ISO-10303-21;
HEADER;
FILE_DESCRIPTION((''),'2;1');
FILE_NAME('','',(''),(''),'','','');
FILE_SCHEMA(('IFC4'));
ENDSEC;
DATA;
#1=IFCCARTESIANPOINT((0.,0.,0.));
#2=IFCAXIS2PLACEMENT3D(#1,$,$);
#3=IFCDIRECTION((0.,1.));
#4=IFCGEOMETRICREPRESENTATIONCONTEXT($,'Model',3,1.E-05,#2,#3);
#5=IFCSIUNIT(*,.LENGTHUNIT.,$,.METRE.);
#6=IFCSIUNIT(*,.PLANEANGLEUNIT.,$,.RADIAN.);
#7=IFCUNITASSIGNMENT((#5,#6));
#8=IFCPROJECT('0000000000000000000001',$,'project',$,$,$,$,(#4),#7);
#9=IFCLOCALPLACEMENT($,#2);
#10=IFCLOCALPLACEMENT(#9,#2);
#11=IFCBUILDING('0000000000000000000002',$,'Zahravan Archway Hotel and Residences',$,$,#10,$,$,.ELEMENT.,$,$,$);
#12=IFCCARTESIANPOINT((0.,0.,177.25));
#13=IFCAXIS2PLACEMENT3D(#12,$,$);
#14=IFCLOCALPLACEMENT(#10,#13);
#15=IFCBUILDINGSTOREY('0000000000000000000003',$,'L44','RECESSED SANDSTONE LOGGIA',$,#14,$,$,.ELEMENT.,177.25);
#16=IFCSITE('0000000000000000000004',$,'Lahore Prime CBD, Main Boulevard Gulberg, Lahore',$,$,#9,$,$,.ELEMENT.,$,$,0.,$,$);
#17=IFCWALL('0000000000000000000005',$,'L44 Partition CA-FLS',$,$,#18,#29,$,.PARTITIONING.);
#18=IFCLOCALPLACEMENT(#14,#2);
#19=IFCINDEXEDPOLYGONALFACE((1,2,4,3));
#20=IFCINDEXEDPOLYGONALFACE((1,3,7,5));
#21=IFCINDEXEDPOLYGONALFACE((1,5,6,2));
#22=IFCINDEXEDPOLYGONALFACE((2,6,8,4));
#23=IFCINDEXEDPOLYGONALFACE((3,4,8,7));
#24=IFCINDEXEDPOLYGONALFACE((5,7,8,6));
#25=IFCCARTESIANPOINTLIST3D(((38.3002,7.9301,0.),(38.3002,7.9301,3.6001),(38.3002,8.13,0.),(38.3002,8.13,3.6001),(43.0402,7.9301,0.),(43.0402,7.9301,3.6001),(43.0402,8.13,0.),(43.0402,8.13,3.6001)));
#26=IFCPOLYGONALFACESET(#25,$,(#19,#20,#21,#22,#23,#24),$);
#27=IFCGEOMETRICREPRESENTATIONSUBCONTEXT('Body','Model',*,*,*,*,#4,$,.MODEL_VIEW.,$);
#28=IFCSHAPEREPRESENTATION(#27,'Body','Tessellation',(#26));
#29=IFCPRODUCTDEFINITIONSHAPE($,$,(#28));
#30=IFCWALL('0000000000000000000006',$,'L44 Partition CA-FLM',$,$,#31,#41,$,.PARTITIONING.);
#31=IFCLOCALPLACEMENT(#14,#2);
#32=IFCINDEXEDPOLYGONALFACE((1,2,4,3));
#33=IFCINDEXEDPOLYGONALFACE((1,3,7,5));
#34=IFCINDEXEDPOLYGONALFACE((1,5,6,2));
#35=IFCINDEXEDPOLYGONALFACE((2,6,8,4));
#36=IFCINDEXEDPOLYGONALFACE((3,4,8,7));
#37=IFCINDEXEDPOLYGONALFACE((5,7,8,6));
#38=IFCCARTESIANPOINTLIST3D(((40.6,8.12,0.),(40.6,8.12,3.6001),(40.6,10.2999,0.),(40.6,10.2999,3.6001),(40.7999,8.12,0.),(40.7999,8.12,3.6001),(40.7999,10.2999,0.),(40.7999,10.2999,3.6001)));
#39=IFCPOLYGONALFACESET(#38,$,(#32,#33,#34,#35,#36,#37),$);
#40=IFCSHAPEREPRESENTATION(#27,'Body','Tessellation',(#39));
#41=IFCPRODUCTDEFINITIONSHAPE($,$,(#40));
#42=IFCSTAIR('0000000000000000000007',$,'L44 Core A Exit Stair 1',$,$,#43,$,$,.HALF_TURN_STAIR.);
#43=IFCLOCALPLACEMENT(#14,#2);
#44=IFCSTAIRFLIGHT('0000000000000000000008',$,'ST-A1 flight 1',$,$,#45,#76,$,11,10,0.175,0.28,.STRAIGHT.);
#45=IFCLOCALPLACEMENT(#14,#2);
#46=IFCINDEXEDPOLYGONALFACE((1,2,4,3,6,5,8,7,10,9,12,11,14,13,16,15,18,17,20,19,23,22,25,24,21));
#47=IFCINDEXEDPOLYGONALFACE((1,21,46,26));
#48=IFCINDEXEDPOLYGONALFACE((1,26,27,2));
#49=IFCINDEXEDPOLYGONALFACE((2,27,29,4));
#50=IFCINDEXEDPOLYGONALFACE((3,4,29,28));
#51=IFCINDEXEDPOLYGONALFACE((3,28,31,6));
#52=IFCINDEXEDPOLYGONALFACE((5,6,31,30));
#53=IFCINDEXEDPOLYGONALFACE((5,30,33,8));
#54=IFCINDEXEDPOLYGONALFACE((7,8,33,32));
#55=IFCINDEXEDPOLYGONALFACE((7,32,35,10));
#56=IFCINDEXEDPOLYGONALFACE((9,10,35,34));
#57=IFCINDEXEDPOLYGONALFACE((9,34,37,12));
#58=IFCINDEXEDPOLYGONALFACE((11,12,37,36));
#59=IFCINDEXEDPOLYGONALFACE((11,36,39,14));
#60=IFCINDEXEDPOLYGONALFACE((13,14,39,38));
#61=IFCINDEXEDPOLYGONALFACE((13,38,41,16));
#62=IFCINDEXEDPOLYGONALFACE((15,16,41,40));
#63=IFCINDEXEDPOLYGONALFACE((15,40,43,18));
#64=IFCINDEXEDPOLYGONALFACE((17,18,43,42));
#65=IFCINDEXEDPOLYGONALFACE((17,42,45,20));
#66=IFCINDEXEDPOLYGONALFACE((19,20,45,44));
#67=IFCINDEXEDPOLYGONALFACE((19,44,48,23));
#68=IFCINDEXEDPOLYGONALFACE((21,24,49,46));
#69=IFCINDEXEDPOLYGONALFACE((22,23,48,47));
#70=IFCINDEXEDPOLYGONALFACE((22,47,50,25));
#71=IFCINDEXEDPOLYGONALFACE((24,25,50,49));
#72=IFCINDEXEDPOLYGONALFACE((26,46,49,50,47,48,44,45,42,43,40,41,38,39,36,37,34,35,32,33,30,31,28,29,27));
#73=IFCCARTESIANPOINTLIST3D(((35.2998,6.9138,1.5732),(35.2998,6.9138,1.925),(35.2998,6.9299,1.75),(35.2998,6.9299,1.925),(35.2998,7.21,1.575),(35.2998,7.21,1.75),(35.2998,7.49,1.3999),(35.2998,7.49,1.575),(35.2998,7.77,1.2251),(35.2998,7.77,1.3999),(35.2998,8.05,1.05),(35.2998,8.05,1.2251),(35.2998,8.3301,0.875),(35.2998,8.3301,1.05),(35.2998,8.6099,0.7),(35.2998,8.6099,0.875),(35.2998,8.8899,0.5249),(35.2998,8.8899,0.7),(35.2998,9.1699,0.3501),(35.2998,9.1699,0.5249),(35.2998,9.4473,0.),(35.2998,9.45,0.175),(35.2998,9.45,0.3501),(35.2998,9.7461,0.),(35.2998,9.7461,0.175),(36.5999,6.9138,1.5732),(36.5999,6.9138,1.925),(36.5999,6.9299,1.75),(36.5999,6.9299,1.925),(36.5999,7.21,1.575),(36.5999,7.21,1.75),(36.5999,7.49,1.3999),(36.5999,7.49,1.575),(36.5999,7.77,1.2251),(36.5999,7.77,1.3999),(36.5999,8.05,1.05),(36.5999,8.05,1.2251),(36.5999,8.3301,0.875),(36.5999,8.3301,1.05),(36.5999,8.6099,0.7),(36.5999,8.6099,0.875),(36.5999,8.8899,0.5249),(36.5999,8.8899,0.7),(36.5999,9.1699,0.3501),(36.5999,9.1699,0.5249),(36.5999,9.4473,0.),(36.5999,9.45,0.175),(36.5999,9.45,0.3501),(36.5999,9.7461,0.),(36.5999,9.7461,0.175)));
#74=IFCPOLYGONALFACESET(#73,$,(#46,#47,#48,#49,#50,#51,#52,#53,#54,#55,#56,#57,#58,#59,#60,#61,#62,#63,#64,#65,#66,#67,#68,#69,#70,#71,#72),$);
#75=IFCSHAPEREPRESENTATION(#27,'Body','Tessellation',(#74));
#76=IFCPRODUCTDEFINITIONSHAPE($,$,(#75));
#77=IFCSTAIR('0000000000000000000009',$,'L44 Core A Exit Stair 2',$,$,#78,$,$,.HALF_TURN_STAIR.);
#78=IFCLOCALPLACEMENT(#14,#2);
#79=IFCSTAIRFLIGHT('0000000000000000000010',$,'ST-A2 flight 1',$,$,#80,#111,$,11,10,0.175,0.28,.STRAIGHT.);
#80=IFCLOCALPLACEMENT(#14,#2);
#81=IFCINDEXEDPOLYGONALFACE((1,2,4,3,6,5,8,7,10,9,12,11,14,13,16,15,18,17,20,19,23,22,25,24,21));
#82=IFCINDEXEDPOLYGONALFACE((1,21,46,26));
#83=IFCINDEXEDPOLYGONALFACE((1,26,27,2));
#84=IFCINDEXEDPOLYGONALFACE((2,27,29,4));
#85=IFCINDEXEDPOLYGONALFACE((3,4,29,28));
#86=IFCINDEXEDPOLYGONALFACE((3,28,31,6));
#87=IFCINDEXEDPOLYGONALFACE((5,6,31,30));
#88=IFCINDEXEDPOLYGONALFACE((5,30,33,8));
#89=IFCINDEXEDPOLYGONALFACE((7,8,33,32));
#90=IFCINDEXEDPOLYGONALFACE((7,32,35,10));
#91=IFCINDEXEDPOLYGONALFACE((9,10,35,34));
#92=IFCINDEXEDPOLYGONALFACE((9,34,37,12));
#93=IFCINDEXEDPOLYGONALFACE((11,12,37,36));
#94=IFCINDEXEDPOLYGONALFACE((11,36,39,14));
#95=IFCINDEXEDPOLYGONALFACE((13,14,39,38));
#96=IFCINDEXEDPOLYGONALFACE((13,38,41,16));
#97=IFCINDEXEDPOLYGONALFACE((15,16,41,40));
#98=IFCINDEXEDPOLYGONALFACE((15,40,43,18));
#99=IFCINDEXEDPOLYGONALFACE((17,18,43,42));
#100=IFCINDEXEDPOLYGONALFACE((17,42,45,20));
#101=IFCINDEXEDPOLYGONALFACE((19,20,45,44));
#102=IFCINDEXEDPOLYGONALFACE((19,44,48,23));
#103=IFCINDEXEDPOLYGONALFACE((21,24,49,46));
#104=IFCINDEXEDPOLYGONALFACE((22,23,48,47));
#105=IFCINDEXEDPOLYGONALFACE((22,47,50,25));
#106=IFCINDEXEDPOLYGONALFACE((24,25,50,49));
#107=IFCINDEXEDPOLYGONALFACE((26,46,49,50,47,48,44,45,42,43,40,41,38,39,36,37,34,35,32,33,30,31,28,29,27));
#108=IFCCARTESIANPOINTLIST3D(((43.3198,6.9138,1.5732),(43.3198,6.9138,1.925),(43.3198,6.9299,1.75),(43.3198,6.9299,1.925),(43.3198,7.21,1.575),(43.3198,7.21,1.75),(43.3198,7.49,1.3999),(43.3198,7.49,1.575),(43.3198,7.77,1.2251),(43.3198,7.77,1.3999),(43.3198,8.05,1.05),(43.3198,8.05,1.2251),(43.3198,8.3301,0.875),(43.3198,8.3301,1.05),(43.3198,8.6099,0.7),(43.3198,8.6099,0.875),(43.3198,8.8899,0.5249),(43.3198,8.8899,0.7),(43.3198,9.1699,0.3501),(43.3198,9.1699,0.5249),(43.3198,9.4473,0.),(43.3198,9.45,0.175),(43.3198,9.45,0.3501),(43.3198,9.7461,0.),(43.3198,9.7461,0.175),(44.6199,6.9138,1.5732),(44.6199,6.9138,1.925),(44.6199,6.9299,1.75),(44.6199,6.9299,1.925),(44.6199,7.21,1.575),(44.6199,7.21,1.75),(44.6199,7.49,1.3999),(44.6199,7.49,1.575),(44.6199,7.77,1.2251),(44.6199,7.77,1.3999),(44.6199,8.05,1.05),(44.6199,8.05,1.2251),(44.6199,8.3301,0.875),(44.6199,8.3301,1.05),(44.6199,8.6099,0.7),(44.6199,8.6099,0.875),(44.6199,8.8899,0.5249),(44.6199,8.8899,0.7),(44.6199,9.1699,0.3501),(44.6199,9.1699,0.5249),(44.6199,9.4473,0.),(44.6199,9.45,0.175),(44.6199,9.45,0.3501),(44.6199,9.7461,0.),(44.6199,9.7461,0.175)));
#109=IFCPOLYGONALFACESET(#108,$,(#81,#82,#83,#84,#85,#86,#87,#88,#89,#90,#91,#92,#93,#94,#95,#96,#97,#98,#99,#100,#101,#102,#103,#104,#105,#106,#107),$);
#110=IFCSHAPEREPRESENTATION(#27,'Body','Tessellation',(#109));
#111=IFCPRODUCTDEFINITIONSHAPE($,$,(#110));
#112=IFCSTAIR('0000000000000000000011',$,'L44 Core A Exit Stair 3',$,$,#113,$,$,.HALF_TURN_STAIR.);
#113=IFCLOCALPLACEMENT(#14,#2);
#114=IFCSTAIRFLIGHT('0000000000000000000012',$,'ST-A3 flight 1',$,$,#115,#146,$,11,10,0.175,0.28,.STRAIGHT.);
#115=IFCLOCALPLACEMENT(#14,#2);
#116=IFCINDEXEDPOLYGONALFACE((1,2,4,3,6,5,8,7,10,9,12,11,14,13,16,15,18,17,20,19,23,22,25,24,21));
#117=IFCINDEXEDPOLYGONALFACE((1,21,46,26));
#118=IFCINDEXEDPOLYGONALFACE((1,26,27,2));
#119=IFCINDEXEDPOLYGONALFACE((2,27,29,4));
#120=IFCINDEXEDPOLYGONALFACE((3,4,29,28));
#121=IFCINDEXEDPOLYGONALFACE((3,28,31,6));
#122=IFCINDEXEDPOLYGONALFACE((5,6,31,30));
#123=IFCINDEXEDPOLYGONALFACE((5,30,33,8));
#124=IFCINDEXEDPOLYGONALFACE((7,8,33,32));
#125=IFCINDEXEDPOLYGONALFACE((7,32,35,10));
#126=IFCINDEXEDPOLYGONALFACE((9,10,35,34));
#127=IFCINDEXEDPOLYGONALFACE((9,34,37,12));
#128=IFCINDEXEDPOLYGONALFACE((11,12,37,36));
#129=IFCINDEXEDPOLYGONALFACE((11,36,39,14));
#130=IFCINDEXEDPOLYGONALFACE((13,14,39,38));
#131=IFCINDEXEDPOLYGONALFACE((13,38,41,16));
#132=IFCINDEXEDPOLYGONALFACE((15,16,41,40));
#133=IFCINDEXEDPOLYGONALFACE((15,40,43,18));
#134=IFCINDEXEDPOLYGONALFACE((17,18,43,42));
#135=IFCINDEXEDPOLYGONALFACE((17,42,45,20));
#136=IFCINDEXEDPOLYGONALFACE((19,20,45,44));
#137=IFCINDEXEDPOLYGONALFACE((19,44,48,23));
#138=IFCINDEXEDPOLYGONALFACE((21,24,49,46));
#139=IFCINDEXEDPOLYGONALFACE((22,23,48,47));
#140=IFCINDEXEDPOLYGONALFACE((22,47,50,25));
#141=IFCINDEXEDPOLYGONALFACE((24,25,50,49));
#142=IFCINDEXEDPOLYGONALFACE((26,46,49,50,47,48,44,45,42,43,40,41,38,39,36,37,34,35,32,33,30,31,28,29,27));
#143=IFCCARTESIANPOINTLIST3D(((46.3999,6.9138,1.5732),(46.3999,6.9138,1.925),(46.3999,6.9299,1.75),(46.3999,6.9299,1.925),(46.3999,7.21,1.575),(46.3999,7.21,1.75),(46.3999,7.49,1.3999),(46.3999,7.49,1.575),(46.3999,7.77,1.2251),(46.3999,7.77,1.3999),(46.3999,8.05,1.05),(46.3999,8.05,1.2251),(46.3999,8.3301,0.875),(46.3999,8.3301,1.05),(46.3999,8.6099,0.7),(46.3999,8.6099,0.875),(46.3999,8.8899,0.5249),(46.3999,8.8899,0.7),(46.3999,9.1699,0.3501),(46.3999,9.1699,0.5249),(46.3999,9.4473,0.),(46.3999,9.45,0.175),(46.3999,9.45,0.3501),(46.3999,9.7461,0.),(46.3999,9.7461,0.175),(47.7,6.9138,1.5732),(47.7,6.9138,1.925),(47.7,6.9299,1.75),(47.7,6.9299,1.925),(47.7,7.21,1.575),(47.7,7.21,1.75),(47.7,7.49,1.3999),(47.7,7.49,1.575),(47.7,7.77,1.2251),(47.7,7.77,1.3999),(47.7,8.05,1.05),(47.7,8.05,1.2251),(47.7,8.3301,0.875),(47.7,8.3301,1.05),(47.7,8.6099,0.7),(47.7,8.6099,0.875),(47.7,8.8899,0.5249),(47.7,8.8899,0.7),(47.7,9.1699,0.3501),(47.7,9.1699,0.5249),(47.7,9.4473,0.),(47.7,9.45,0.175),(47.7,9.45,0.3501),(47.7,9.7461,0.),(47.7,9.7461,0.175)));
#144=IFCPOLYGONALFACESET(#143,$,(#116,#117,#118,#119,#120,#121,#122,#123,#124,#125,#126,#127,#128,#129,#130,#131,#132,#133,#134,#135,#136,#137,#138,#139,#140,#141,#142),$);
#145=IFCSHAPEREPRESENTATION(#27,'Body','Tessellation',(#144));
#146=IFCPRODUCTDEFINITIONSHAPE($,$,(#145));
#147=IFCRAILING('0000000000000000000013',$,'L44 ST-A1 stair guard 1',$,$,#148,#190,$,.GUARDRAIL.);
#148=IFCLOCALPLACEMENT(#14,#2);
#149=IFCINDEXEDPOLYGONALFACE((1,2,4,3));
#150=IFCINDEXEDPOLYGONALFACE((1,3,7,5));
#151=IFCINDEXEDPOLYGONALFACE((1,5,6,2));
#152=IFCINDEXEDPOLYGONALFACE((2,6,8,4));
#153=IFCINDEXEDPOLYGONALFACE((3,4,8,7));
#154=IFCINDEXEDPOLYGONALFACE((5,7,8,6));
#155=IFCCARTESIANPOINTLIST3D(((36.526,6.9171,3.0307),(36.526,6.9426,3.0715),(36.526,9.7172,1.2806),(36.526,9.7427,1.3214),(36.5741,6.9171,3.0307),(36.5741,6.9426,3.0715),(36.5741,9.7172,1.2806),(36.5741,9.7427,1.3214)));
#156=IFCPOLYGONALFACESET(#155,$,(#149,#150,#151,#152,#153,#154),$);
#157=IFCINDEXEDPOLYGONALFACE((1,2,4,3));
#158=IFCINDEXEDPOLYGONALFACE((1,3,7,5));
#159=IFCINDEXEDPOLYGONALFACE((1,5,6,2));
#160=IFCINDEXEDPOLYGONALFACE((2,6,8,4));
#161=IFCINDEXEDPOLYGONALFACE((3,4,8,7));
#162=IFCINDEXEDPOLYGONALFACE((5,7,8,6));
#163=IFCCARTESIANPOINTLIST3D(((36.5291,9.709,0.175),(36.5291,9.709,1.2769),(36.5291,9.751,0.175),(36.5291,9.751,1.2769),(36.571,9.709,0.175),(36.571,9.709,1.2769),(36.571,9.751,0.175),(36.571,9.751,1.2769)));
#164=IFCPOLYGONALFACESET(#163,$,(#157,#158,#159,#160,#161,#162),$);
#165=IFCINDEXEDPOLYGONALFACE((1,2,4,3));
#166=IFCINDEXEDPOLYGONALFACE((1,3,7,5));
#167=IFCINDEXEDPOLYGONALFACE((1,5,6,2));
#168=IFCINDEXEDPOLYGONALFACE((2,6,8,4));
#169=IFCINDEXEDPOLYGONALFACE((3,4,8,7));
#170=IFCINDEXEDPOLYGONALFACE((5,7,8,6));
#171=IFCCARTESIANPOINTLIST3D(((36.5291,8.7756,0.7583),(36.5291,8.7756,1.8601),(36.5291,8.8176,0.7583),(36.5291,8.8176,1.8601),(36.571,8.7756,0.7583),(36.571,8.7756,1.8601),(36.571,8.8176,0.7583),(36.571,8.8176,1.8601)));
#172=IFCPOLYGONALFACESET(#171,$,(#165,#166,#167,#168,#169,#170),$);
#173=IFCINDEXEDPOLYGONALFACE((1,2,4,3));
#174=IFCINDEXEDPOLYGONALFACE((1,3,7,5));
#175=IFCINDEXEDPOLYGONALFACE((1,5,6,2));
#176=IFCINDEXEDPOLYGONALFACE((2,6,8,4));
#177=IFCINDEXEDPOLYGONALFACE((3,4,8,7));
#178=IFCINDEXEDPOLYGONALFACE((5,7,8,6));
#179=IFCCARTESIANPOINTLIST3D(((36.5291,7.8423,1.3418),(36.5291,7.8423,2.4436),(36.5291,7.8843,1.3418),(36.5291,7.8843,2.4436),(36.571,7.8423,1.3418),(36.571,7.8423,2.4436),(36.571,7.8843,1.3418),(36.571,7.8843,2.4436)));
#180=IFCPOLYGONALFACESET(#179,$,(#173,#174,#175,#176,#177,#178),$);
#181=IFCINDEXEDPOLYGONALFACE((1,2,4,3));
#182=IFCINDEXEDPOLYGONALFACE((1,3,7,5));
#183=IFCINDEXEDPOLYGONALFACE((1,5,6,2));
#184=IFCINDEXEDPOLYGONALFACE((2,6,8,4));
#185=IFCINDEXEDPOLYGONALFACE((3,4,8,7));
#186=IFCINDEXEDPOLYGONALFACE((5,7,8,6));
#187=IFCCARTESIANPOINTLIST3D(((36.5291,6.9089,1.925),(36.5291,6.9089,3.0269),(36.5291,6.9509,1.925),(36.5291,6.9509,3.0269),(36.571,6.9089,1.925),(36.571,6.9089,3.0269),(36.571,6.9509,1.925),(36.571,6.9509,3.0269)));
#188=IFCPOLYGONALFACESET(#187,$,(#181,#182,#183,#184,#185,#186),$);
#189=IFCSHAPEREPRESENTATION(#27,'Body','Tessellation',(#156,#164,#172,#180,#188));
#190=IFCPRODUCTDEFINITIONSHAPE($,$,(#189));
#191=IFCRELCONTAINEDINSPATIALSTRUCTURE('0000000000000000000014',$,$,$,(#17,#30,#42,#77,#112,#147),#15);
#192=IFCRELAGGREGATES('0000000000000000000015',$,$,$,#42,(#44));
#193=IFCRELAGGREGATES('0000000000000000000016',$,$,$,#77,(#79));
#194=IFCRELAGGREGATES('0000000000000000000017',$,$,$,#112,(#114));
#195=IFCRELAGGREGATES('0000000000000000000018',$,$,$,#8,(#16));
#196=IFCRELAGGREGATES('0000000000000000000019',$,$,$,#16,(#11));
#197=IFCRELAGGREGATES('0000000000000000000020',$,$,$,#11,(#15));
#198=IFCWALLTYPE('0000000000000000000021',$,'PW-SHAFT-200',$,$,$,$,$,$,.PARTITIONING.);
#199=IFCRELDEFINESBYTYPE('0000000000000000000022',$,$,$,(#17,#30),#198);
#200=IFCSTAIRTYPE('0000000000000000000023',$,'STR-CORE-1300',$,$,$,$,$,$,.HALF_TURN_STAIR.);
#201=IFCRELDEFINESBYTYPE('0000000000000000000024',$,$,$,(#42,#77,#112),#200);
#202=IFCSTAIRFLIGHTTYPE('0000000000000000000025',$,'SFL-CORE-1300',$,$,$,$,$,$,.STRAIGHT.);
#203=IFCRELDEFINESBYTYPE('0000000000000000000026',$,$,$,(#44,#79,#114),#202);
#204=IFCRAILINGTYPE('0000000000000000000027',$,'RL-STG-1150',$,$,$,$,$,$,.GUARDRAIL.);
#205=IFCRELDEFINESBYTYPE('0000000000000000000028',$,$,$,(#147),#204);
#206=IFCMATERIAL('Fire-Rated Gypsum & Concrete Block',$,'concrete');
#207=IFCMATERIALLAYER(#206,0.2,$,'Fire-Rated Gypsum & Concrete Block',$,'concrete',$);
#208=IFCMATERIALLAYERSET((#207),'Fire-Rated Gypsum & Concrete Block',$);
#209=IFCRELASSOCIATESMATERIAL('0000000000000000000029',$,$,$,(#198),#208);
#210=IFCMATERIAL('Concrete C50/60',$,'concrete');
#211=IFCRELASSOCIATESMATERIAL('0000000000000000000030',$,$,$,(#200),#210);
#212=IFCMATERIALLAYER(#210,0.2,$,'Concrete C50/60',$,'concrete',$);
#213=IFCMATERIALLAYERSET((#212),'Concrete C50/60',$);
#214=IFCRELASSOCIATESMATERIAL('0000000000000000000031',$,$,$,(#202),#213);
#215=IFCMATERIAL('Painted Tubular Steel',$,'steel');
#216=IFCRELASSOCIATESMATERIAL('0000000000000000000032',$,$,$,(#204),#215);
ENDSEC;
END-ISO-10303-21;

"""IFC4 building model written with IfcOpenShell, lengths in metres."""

from ifc_helpers import new_model, si_unit, direction, frame, frame_2d, origin, origin_2d, place, context, subcontext, project, spatial, polyline, rectangle, outline, extrude, source, transform, mapped, material, layer, layer_set, type_object, element, aggregate, save


model = new_model("IFC4")

# Units and contexts
model_context = context("Model", 3, precision=1e-05, world=origin(), true_north=direction((0.0, 1.0)))
body_context = subcontext(model_context, "Body", "Model", "MODEL_VIEW")
ifc_project = project(units=[si_unit("LENGTHUNIT", "METRE"), si_unit("PLANEANGLEUNIT", "RADIAN")], contexts=[model_context])

# Site, building, storey
site_placement = place(None, origin())
site = spatial("IfcSite", under=ifc_project, at=site_placement, Name="Lahore Prime CBD, Main Boulevard Gulberg, Lahore", CompositionType="ELEMENT", RefElevation=0.0)
building_placement = place(site_placement, origin())
building = spatial("IfcBuilding", under=site, at=building_placement, Name="Zahravan Archway Hotel and Residences", CompositionType="ELEMENT")
storey_placement = place(building_placement, frame((0.0, 0.0, 177.25)))
storey = spatial("IfcBuildingStorey", under=building, at=storey_placement, Name="L44", Description="RECESSED SANDSTONE LOGGIA", CompositionType="ELEMENT", Elevation=177.25)

# Walls
ifc_material_1 = material(Name="Fire-Rated Gypsum & Concrete Block", Category="concrete")
ifc_layer_1 = layer(ifc_material_1, 0.2, Name="Fire-Rated Gypsum & Concrete Block", Category="concrete")
ifc_layer_set_1 = layer_set([ifc_layer_1], Name="Fire-Rated Gypsum & Concrete Block")
wall_type = type_object("IfcWallType", Name="PW-SHAFT-200", PredefinedType="PARTITIONING", material=ifc_layer_set_1)
wall_1_placement = place(storey_placement, frame((38.3, 8.03, 0.0), z_axis=(0.0, 0.0, 1.0), x_axis=(1.0, 0.0, 0.0)))
element("IfcWall", 1, at=wall_1_placement, inside=storey, type_object=wall_type, Name="L44 Partition CA-FLS", PredefinedType="PARTITIONING", context=body_context, shape_type="SweptSolid", body=[
    extrude(rectangle(XDim=4.74, YDim=0.2, at=frame_2d((2.3701, 0.0))), origin(), (0.0, 0.0, 1.0), 3.6001),
])
wall_2_placement = place(storey_placement, frame((40.7, 8.1201, 0.0), z_axis=(0.0, 0.0, 1.0), x_axis=(0.0, 1.0, 0.0)))
element("IfcWall", 2, at=wall_2_placement, inside=storey, type_object=wall_type, Name="L44 Partition CA-FLM", PredefinedType="PARTITIONING", context=body_context, shape_type="SweptSolid", body=[
    extrude(rectangle(XDim=2.1799, YDim=0.2, at=frame_2d((1.0898, 0.0))), origin(), (0.0, 0.0, 1.0), 3.6001),
])

# Stairs, stair flights
ifc_material_2 = material(Name="Concrete C50/60", Category="concrete")
stair_type = type_object("IfcStairType", Name="STR-CORE-1300", PredefinedType="HALF_TURN_STAIR", material=ifc_material_2)
stair_1_placement = place(storey_placement, origin())
stair_1 = element("IfcStair", 3, at=stair_1_placement, inside=storey, type_object=stair_type, Name="L44 Core A Exit Stair 1", PredefinedType="HALF_TURN_STAIR")
ifc_layer_2 = layer(ifc_material_2, 0.2, Name="Concrete C50/60", Category="concrete")
ifc_layer_set_2 = layer_set([ifc_layer_2], Name="Concrete C50/60")
stair_flight_type = type_object("IfcStairFlightType", Name="SFL-CORE-1300", PredefinedType="STRAIGHT", material=ifc_layer_set_2)
shared_shape = source(origin(), body_context, "Body", "SweptSolid", [
    extrude(outline(polyline([(-0.0161, 0.0), (-0.0161, 0.175), (0.28, 0.175), (0.28, 0.3501), (0.5601, 0.3501), (0.5601, 0.5249), (0.8401, 0.5249), (0.8401, 0.7), (1.1201, 0.7), (1.1201, 0.875), (1.3999, 0.875), (1.3999, 1.05), (1.6799, 1.05), (1.6799, 1.2251), (1.96, 1.2251), (1.96, 1.3999), (2.24, 1.3999), (2.24, 1.575), (2.52, 1.575), (2.52, 1.75), (2.8, 1.75), (2.8, 1.925), (2.8162, 1.925), (2.8162, 1.5732), (0.2827, 0.0), (-0.0161, 0.0)])), frame((0.0, 0.6499, 0.0), z_axis=(0.0, -1.0, 0.0), x_axis=(1.0, 0.0, 0.0)), (0.0, 0.0, 1.0), 1.3),
])
stair_flight_1_placement = place(storey_placement, frame((35.95, 9.73, 0.0), z_axis=(0.0, 0.0, 1.0), x_axis=(0.0, -1.0, 0.0)))
stair_flight_1 = element("IfcStairFlight", 4, at=stair_flight_1_placement, type_object=stair_flight_type, Name="ST-A1 flight 1", NumberOfRisers=11, NumberOfTreads=10, PredefinedType="STRAIGHT", RiserHeight=0.175, TreadLength=0.28, context=body_context, shape_type="MappedRepresentation", body=[
    mapped(shared_shape, transform((0.0, 0.0, 0.0), scale=1.0)),
])
aggregate(stair_1, [stair_flight_1])
stair_2_placement = place(storey_placement, origin())
stair_2 = element("IfcStair", 5, at=stair_2_placement, inside=storey, type_object=stair_type, Name="L44 Core A Exit Stair 2", PredefinedType="HALF_TURN_STAIR")
stair_flight_2_placement = place(storey_placement, frame((43.97, 9.73, 0.0), z_axis=(0.0, 0.0, 1.0), x_axis=(0.0, -1.0, 0.0)))
stair_flight_2 = element("IfcStairFlight", 6, at=stair_flight_2_placement, type_object=stair_flight_type, Name="ST-A2 flight 1", NumberOfRisers=11, NumberOfTreads=10, PredefinedType="STRAIGHT", RiserHeight=0.175, TreadLength=0.28, context=body_context, shape_type="MappedRepresentation", body=[
    mapped(shared_shape, transform((0.0, 0.0, 0.0), scale=1.0)),
])
aggregate(stair_2, [stair_flight_2])
stair_3_placement = place(storey_placement, origin())
stair_3 = element("IfcStair", 7, at=stair_3_placement, inside=storey, type_object=stair_type, Name="L44 Core A Exit Stair 3", PredefinedType="HALF_TURN_STAIR")
stair_flight_3_placement = place(storey_placement, frame((47.05, 9.73, 0.0), z_axis=(0.0, 0.0, 1.0), x_axis=(0.0, -1.0, 0.0)))
stair_flight_3 = element("IfcStairFlight", 8, at=stair_flight_3_placement, type_object=stair_flight_type, Name="ST-A3 flight 1", NumberOfRisers=11, NumberOfTreads=10, PredefinedType="STRAIGHT", RiserHeight=0.175, TreadLength=0.28, context=body_context, shape_type="MappedRepresentation", body=[
    mapped(shared_shape, transform((0.0, 0.0, 0.0), scale=1.0)),
])
aggregate(stair_3, [stair_flight_3])

# Railing
ifc_material_3 = material(Name="Painted Tubular Steel", Category="steel")
railing_type_1 = type_object("IfcRailingType", Name="RL-STG-1150", PredefinedType="GUARDRAIL", material=ifc_material_3)
railing_1_placement = place(storey_placement, frame((36.55, 9.73, 0.175)))
element("IfcRailing", 9, at=railing_1_placement, inside=storey, type_object=railing_type_1, Name="L44 ST-A1 stair guard 1", PredefinedType="GUARDRAIL", context=body_context, shape_type="SweptSolid", body=[
    extrude(rectangle(XDim=0.0481, YDim=0.0481, at=origin_2d()), frame((0.0, 0.0, 1.126), z_axis=(0.0, -0.848002, 0.529992), x_axis=(1.0, 0.0, 0.0)), (0.0, 0.0, 1.0), 3.302),
    extrude(rectangle(XDim=0.042, YDim=0.042, at=origin_2d()), origin(), (0.0, 0.0, 1.0), 1.1018),
    extrude(rectangle(XDim=0.042, YDim=0.042, at=origin_2d()), frame((0.0, -0.9333, 0.5833)), (0.0, 0.0, 1.0), 1.1018),
    extrude(rectangle(XDim=0.042, YDim=0.042, at=origin_2d()), frame((0.0, -1.8667, 1.1667)), (0.0, 0.0, 1.0), 1.1018),
    extrude(rectangle(XDim=0.042, YDim=0.042, at=origin_2d()), frame((0.0, -2.8, 1.75)), (0.0, 0.0, 1.0), 1.1018),
])

save(model, "model.ifc")
